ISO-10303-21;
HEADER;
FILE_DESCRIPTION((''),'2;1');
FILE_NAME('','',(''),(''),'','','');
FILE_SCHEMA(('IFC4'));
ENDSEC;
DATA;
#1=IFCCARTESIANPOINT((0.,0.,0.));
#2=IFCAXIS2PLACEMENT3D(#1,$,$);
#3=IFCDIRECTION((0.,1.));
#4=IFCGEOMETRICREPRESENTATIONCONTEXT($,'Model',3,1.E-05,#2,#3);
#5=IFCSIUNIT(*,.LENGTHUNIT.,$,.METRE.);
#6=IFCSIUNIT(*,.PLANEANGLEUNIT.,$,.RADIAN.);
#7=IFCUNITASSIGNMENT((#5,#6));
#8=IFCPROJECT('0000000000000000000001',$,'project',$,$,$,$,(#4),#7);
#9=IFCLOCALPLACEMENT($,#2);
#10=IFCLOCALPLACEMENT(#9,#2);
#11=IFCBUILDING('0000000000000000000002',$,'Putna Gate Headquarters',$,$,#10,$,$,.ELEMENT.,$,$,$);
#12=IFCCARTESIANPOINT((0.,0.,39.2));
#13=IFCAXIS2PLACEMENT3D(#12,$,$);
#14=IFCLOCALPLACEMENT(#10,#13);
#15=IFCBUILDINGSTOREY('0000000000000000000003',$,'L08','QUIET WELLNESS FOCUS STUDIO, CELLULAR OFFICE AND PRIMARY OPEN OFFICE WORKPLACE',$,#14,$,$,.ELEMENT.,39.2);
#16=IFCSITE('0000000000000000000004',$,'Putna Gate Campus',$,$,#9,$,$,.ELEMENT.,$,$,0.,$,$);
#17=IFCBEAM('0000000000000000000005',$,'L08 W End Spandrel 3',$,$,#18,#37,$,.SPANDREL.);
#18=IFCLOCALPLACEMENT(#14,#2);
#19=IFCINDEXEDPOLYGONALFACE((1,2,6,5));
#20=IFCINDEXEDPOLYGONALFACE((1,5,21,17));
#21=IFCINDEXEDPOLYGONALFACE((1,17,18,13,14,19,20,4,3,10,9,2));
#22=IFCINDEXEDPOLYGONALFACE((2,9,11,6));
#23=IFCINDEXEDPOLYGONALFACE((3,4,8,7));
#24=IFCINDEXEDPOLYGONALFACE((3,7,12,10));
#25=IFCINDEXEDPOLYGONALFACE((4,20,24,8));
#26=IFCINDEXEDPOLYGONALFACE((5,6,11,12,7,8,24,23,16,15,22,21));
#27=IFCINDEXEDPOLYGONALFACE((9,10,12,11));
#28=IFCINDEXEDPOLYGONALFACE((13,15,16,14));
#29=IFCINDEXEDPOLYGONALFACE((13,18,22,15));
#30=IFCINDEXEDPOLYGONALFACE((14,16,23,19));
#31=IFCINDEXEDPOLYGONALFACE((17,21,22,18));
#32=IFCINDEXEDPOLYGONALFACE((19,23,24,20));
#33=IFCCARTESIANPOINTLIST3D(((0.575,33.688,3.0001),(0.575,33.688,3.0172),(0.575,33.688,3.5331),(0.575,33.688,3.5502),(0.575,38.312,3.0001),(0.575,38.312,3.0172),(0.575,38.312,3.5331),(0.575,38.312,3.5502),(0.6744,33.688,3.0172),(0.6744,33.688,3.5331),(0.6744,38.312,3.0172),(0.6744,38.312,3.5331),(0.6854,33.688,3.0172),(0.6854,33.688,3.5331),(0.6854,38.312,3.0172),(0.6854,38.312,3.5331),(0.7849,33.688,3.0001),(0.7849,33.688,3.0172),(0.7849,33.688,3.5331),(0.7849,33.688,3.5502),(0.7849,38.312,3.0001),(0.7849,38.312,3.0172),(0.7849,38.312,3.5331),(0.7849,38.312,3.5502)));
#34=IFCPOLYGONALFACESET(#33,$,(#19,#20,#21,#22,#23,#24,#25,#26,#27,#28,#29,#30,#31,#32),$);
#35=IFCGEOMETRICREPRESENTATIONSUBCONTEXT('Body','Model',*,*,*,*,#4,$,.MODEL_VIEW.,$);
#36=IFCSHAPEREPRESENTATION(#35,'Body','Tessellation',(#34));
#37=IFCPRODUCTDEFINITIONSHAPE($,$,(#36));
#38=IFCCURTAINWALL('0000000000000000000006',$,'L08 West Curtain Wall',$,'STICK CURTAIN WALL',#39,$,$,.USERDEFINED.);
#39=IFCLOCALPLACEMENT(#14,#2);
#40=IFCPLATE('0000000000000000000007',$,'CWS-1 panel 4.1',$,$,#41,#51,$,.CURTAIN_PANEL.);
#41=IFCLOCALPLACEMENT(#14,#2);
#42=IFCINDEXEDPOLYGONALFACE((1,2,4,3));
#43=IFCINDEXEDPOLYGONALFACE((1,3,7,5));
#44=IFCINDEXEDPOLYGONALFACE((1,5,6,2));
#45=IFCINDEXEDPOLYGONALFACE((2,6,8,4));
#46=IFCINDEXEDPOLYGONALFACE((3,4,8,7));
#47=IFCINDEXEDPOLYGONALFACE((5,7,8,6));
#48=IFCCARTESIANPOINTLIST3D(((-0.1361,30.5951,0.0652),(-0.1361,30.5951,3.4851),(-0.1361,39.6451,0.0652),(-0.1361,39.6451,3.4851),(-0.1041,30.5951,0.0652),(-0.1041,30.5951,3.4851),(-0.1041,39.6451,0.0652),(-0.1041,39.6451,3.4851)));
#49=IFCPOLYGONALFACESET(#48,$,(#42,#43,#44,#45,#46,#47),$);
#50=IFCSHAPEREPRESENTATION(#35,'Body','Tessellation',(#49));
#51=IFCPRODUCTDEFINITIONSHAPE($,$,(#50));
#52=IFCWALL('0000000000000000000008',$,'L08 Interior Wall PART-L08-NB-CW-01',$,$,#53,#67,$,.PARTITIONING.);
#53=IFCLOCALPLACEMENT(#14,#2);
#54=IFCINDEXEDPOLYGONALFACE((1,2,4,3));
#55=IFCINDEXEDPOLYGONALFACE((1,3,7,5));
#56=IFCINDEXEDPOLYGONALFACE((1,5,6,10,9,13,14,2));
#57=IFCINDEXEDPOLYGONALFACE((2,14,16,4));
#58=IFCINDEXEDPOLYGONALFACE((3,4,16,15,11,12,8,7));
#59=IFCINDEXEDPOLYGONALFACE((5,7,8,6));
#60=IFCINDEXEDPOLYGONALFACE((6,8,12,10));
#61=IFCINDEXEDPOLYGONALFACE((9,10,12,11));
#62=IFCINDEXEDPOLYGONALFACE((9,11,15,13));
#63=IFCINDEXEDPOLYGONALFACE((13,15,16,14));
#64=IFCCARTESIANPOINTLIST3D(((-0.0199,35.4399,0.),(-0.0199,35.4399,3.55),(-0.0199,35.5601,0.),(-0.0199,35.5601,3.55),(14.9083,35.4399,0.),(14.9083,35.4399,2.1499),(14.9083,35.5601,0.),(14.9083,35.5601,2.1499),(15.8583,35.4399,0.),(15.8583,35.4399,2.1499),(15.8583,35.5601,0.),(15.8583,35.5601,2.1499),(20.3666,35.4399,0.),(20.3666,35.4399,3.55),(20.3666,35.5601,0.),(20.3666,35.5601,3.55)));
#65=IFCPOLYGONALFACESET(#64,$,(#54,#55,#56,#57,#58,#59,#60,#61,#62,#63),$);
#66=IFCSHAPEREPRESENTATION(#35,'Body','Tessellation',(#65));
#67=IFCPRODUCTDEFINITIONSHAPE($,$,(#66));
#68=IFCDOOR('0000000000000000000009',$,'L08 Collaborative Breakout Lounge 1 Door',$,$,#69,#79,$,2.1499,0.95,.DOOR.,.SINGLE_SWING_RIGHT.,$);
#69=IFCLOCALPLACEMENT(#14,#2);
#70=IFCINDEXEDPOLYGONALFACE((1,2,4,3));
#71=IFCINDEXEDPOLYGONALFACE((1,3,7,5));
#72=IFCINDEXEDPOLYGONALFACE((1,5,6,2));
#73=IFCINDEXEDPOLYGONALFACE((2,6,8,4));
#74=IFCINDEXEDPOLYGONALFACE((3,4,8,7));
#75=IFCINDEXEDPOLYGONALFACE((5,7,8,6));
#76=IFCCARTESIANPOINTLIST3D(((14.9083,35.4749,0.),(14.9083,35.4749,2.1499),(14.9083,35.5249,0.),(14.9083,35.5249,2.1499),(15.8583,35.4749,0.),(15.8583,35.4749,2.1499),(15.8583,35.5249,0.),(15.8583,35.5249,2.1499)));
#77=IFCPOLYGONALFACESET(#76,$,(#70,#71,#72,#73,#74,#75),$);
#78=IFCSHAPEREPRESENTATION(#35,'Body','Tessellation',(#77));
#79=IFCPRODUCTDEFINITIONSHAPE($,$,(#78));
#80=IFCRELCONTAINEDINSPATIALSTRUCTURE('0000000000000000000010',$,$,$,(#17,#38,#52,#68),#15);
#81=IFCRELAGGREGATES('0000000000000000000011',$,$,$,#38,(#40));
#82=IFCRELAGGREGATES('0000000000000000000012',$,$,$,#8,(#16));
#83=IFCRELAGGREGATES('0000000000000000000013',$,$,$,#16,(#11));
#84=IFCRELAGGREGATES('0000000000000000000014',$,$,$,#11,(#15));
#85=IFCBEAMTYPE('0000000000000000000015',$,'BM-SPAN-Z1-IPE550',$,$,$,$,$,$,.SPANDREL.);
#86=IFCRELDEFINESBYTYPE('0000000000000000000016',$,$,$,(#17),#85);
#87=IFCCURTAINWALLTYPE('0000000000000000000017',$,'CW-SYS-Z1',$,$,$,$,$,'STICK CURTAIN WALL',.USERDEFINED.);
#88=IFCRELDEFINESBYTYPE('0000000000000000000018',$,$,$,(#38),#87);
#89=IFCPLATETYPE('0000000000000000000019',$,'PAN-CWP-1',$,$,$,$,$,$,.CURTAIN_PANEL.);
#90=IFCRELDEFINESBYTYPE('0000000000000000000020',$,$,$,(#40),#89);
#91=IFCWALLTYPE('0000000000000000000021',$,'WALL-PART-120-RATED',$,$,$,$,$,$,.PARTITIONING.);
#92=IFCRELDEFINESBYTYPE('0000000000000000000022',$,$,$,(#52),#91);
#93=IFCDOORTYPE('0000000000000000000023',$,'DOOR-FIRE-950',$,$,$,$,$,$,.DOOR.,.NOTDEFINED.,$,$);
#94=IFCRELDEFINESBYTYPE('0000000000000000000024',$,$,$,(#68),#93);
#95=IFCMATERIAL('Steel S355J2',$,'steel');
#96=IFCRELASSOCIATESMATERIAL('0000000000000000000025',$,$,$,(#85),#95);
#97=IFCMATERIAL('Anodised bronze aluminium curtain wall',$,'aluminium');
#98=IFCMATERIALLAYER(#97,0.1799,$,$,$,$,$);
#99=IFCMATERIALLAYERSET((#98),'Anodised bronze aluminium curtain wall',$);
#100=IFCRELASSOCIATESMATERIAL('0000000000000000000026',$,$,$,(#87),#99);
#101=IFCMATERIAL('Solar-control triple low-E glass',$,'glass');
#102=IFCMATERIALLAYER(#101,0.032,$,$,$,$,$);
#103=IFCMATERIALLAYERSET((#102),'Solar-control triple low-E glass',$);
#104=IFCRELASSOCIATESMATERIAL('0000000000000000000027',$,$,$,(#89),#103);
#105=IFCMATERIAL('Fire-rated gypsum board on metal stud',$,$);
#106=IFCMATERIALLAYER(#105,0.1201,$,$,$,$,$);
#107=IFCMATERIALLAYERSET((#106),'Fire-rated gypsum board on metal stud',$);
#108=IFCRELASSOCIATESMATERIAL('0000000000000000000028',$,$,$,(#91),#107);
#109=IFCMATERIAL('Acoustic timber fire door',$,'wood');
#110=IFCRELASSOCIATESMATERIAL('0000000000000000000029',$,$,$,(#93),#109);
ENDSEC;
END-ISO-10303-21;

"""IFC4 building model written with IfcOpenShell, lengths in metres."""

from ifc_helpers import new_model, si_unit, direction, frame, frame_2d, origin, origin_2d, place, context, subcontext, project, spatial, rectangle, i_section, extrude, material, layer, layer_set, material_profile, profile_set, type_object, element, fill, aggregate, save


model = new_model("IFC4")

# Units and contexts
model_context = context("Model", 3, precision=1e-05, world=origin(), true_north=direction((0.0, 1.0)))
body_context = subcontext(model_context, "Body", "Model", "MODEL_VIEW")
ifc_project = project(units=[si_unit("LENGTHUNIT", "METRE"), si_unit("PLANEANGLEUNIT", "RADIAN")], contexts=[model_context])

# Site, building, storey
site_placement = place(None, origin())
site = spatial("IfcSite", under=ifc_project, at=site_placement, Name="Putna Gate Campus", CompositionType="ELEMENT", RefElevation=0.0)
building_placement = place(site_placement, origin())
building = spatial("IfcBuilding", under=site, at=building_placement, Name="Putna Gate Headquarters", CompositionType="ELEMENT")
storey_placement = place(building_placement, frame((0.0, 0.0, 39.2)))
storey = spatial("IfcBuildingStorey", under=building, at=storey_placement, Name="L08", Description="QUIET WELLNESS FOCUS STUDIO, CELLULAR OFFICE AND PRIMARY OPEN OFFICE WORKPLACE", CompositionType="ELEMENT", Elevation=39.2)

# Beam
ifc_material_1 = material(Name="Steel S355J2", Category="steel")
ifc_material_profile_1 = material_profile(ifc_material_1, i_section(OverallWidth=0.21, OverallDepth=0.55, WebThickness=0.011, FlangeThickness=0.0171, at=origin_2d()), Name="Steel S355J2")
ifc_profile_set_1 = profile_set([ifc_material_profile_1], Name="Steel S355J2")
beam_type_1 = type_object("IfcBeamType", Name="BM-SPAN-Z1-IPE550", PredefinedType="SPANDREL", material=ifc_profile_set_1)
beam_1_placement = place(storey_placement, frame((0.6799, 33.688, 3.2751), z_axis=(0.0, 1.0, 0.0), x_axis=(-1.0, 0.0, 0.0)))
element("IfcBeam", 1, at=beam_1_placement, inside=storey, type_object=beam_type_1, Name="L08 W End Spandrel 3", PredefinedType="SPANDREL", context=body_context, shape_type="SweptSolid", body=[
    extrude(i_section(OverallWidth=0.21, OverallDepth=0.55, WebThickness=0.011, FlangeThickness=0.0171, at=origin_2d()), origin(), (0.0, 0.0, 1.0), 4.624),
])

# Curtain wall, plate
ifc_material_2 = material(Name="Anodised bronze aluminium curtain wall", Category="aluminium")
ifc_layer_1 = layer(ifc_material_2, 0.1799)
ifc_layer_set_1 = layer_set([ifc_layer_1], Name="Anodised bronze aluminium curtain wall")
curtain_wall_type = type_object("IfcCurtainWallType", Name="CW-SYS-Z1", ElementType="STICK CURTAIN WALL", PredefinedType="USERDEFINED", material=ifc_layer_set_1)
curtain_wall_placement = place(storey_placement, origin())
curtain_wall = element("IfcCurtainWall", 2, at=curtain_wall_placement, inside=storey, type_object=curtain_wall_type, Name="L08 West Curtain Wall", ObjectType="STICK CURTAIN WALL", PredefinedType="USERDEFINED")
ifc_material_3 = material(Name="Solar-control triple low-E glass", Category="glass")
ifc_layer_2 = layer(ifc_material_3, 0.032)
ifc_layer_set_2 = layer_set([ifc_layer_2], Name="Solar-control triple low-E glass")
plate_type = type_object("IfcPlateType", Name="PAN-CWP-1", PredefinedType="CURTAIN_PANEL", material=ifc_layer_set_2)
plate_placement = place(storey_placement, frame((-0.1201, 35.1201, 0.0652), z_axis=(0.0, 0.0, 1.0), x_axis=(0.0, 1.0, 0.0)))
plate = element("IfcPlate", 3, at=plate_placement, type_object=plate_type, Name="CWS-1 panel 4.1", PredefinedType="CURTAIN_PANEL", context=body_context, shape_type="SweptSolid", body=[
    extrude(rectangle(XDim=9.05, YDim=0.032, at=origin_2d()), origin(), (0.0, 0.0, 1.0), 3.4199),
])
aggregate(curtain_wall, [plate])

# Wall, opening, door
ifc_material_4 = material(Name="Fire-rated gypsum board on metal stud")
ifc_layer_3 = layer(ifc_material_4, 0.1201)
ifc_layer_set_3 = layer_set([ifc_layer_3], Name="Fire-rated gypsum board on metal stud")
wall_type_1 = type_object("IfcWallType", Name="WALL-PART-120-RATED", PredefinedType="PARTITIONING", material=ifc_layer_set_3)
wall_1_placement = place(storey_placement, frame((-0.02, 35.5, 0.0), z_axis=(0.0, 0.0, 1.0), x_axis=(1.0, 0.0, 0.0)))
wall_1 = element("IfcWall", 4, at=wall_1_placement, inside=storey, type_object=wall_type_1, Name="L08 Interior Wall PART-L08-NB-CW-01", PredefinedType="PARTITIONING", context=body_context, shape_type="SweptSolid", body=[
    extrude(rectangle(XDim=20.3865, YDim=0.1201, at=frame_2d((10.1934, 0.0))), origin(), (0.0, 0.0, 1.0), 3.55),
])
opening_1_placement = place(wall_1_placement, frame((14.9282, 0.0, 0.0)))
opening_1 = element("IfcOpeningElement", 5, at=opening_1_placement, cuts=wall_1, PredefinedType="OPENING", context=body_context, shape_type="SweptSolid", body=[
    extrude(rectangle(XDim=0.95, YDim=2.1499, at=frame_2d((0.4751, 1.075))), frame((0.0, 0.0701, 0.0), z_axis=(0.0, -1.0, 0.0), x_axis=(1.0, 0.0, 0.0)), (0.0, 0.0, 1.0), 0.1401),
])
ifc_material_5 = material(Name="Acoustic timber fire door", Category="wood")
door_type_1 = type_object("IfcDoorType", Name="DOOR-FIRE-950", OperationType="NOTDEFINED", PredefinedType="DOOR", material=ifc_material_5)
door_1_placement = place(opening_1_placement, origin())
door_1 = element("IfcDoor", 6, at=door_1_placement, inside=storey, type_object=door_type_1, Name="L08 Collaborative Breakout Lounge 1 Door", OperationType="SINGLE_SWING_RIGHT", OverallHeight=2.1499, OverallWidth=0.95, PredefinedType="DOOR", context=body_context, shape_type="SweptSolid", body=[
    extrude(rectangle(XDim=0.95, YDim=2.1499, at=frame_2d((0.4751, 1.075))), frame((0.0, 0.0249, 0.0), z_axis=(0.0, -1.0, 0.0), x_axis=(1.0, 0.0, 0.0)), (0.0, 0.0, 1.0), 0.05),
])
fill(opening_1, door_1)

save(model, "model.ifc")
